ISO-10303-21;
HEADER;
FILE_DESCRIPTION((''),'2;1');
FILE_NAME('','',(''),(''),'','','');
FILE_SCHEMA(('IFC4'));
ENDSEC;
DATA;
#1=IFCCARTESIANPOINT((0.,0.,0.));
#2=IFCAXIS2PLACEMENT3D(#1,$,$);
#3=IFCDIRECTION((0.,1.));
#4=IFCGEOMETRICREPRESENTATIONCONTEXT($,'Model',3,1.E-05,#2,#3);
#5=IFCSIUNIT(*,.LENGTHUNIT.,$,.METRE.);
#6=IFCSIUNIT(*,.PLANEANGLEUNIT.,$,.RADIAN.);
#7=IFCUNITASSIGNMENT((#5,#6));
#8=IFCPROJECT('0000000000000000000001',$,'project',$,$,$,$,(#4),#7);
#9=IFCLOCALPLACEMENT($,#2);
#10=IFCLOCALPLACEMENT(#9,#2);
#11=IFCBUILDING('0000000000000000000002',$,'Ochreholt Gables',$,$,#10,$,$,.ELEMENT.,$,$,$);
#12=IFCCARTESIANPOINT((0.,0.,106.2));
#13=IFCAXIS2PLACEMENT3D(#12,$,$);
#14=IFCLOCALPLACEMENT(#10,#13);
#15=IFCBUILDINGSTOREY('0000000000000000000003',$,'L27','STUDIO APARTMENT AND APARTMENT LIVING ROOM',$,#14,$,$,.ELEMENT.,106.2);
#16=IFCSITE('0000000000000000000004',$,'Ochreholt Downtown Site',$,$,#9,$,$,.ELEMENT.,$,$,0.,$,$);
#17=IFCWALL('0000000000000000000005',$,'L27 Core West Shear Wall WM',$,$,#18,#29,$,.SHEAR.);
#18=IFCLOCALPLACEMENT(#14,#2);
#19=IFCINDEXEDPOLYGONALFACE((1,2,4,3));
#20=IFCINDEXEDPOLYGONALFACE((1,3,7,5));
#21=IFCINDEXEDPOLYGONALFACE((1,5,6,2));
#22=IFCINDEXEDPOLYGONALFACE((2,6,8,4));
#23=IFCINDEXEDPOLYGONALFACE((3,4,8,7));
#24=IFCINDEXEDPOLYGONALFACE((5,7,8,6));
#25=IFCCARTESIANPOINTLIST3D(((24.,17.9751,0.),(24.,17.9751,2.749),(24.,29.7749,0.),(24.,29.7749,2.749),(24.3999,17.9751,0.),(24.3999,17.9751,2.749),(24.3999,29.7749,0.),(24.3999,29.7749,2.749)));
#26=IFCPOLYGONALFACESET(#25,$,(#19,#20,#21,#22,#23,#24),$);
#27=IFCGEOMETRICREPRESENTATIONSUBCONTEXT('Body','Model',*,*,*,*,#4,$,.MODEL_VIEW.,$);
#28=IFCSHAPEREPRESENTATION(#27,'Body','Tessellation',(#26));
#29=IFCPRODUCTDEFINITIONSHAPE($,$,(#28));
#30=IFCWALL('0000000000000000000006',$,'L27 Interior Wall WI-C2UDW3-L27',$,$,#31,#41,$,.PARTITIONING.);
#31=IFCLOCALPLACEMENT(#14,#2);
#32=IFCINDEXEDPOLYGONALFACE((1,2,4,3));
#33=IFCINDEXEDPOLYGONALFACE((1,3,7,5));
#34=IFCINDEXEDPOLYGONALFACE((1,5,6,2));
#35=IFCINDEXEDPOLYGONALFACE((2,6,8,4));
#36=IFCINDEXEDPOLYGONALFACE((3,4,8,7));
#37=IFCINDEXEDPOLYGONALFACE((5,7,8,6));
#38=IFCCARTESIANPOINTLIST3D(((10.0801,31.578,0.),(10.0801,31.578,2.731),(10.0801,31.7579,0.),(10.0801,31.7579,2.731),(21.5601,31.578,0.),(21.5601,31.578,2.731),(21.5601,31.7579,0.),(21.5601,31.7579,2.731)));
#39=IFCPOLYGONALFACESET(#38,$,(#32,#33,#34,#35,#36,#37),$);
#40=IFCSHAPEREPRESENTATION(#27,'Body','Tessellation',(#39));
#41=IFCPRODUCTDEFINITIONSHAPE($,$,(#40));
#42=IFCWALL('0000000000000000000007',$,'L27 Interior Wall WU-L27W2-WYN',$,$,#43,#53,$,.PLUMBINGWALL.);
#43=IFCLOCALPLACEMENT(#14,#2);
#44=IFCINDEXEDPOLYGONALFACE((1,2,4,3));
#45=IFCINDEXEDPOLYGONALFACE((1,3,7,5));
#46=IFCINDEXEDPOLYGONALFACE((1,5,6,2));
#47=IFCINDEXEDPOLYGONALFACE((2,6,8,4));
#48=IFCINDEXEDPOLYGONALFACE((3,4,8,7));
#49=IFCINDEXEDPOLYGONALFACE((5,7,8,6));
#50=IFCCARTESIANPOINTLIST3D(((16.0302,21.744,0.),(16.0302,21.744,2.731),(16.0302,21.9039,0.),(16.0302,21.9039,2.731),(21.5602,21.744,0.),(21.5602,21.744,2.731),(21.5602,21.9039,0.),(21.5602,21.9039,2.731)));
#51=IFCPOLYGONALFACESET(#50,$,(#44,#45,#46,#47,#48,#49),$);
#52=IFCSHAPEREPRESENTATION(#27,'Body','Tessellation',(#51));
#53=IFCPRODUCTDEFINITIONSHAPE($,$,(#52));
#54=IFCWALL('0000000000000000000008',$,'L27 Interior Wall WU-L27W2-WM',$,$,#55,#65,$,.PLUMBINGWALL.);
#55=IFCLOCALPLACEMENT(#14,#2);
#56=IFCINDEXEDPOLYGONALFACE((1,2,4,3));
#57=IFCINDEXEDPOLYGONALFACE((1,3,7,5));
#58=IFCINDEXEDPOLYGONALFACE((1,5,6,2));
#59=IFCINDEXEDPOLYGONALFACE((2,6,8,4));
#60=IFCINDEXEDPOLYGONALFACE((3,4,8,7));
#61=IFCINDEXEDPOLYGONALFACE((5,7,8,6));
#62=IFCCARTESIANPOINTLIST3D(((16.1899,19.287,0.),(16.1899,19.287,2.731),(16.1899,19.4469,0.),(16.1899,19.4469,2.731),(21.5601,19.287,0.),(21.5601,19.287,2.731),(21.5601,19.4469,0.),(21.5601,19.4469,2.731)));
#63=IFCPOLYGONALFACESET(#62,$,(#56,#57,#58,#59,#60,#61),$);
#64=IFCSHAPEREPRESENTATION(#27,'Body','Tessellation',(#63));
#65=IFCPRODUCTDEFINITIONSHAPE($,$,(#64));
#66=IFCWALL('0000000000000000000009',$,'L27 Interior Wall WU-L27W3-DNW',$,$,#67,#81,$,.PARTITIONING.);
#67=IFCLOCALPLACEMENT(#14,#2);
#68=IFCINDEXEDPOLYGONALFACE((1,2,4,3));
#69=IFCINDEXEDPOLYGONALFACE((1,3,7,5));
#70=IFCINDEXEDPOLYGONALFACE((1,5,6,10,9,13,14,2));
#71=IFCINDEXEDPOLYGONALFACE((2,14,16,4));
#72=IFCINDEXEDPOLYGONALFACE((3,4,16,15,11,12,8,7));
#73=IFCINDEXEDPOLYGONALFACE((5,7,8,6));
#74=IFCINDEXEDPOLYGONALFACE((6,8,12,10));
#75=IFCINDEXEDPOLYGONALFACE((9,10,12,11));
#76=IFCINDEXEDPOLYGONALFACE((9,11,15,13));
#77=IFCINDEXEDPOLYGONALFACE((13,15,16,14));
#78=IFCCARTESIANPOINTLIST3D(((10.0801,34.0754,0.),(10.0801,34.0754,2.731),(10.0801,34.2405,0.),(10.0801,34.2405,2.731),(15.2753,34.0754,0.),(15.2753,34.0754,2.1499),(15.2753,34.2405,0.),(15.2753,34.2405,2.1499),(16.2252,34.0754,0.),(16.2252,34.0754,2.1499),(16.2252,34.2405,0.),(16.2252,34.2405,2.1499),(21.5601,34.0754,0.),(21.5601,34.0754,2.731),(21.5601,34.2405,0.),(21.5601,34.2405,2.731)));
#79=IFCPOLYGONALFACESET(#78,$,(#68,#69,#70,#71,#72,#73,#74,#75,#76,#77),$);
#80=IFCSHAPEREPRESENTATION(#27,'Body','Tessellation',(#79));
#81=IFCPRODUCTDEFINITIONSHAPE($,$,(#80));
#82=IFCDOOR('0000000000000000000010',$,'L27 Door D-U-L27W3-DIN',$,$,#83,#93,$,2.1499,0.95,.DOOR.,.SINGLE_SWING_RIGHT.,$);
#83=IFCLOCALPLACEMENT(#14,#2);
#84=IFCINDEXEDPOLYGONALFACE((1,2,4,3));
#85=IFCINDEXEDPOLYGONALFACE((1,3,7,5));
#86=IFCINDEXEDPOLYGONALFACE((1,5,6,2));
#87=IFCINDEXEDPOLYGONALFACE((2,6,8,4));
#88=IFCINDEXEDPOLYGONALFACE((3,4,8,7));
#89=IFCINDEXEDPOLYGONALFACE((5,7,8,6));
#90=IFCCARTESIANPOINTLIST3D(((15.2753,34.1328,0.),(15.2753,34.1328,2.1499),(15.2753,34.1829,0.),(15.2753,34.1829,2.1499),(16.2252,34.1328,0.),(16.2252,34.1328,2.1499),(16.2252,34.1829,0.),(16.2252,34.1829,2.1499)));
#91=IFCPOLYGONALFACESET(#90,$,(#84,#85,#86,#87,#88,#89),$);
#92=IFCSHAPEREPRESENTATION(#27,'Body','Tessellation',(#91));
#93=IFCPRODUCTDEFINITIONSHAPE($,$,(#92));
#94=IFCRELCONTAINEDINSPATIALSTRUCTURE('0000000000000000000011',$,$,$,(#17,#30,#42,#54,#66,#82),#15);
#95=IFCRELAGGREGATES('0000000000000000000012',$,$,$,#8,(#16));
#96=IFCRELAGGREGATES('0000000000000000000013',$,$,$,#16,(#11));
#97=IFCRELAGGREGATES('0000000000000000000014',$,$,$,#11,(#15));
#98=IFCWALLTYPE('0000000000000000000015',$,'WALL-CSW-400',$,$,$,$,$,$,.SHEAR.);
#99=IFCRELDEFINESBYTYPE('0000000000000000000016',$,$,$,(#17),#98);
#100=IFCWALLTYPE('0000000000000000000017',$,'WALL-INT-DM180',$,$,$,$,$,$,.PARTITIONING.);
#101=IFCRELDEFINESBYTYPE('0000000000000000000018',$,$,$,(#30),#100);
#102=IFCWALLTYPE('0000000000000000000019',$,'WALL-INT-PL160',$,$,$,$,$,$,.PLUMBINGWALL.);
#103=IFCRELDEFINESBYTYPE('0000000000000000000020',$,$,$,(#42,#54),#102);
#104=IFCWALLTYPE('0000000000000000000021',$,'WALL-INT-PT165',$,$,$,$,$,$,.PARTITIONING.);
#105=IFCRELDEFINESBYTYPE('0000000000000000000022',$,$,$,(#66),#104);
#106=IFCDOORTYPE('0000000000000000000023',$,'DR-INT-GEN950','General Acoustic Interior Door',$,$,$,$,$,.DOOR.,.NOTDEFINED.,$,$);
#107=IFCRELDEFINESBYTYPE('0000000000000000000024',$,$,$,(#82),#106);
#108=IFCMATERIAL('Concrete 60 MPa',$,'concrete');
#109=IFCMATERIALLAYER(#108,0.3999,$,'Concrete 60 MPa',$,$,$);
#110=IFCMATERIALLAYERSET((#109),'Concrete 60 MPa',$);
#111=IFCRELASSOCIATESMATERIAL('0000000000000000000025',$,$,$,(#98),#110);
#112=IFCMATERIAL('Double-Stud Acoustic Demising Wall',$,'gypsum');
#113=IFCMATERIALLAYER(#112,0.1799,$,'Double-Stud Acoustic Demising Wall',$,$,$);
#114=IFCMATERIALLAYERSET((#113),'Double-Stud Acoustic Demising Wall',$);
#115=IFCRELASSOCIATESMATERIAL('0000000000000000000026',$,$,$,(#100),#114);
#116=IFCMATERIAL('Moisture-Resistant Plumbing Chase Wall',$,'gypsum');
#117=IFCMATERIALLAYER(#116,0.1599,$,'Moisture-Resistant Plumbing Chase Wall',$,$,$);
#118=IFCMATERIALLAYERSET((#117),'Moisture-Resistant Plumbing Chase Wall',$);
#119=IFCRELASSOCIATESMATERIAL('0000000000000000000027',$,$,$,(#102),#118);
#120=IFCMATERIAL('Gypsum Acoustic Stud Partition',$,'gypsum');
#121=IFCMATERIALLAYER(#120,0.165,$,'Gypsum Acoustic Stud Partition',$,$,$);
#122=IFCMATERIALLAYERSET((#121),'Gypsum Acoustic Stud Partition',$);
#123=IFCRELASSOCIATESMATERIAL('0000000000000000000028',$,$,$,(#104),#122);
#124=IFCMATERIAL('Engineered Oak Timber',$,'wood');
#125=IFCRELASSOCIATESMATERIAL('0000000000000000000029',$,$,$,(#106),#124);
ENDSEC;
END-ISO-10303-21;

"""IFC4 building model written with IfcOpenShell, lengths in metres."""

from ifc_helpers import new_model, si_unit, direction, frame, frame_2d, origin, place, context, subcontext, project, spatial, rectangle, extrude, material, layer, layer_set, type_object, element, fill, save


model = new_model("IFC4")

# Units and contexts
model_context = context("Model", 3, precision=1e-05, world=origin(), true_north=direction((0.0, 1.0)))
body_context = subcontext(model_context, "Body", "Model", "MODEL_VIEW")
ifc_project = project(units=[si_unit("LENGTHUNIT", "METRE"), si_unit("PLANEANGLEUNIT", "RADIAN")], contexts=[model_context])

# Site, building, storey
site_placement = place(None, origin())
site = spatial("IfcSite", under=ifc_project, at=site_placement, Name="Ochreholt Downtown Site", CompositionType="ELEMENT", RefElevation=0.0)
building_placement = place(site_placement, origin())
building = spatial("IfcBuilding", under=site, at=building_placement, Name="Ochreholt Gables", CompositionType="ELEMENT")
storey_placement = place(building_placement, frame((0.0, 0.0, 106.2)))
storey = spatial("IfcBuildingStorey", under=building, at=storey_placement, Name="L27", Description="STUDIO APARTMENT AND APARTMENT LIVING ROOM", CompositionType="ELEMENT", Elevation=106.2)

# Shared definitions
ifc_material_1 = material(Name="Concrete 60 MPa", Category="concrete")

# Walls
ifc_layer_1 = layer(ifc_material_1, 0.3999, Name="Concrete 60 MPa")
ifc_layer_set_1 = layer_set([ifc_layer_1], Name="Concrete 60 MPa")
wall_type_1 = type_object("IfcWallType", Name="WALL-CSW-400", PredefinedType="SHEAR", material=ifc_layer_set_1)
wall_1_placement = place(storey_placement, frame((24.2, 17.9751, 0.0), z_axis=(0.0, 0.0, 1.0), x_axis=(0.0, 1.0, 0.0)))
element("IfcWall", 1, at=wall_1_placement, inside=storey, type_object=wall_type_1, Name="L27 Core West Shear Wall WM", PredefinedType="SHEAR", context=body_context, shape_type="SweptSolid", body=[
    extrude(rectangle(XDim=11.7998, YDim=0.3999, at=frame_2d((5.8999, 0.0))), origin(), (0.0, 0.0, 1.0), 2.749),
])
ifc_material_2 = material(Name="Double-Stud Acoustic Demising Wall", Category="gypsum")
ifc_layer_2 = layer(ifc_material_2, 0.1799, Name="Double-Stud Acoustic Demising Wall")
ifc_layer_set_2 = layer_set([ifc_layer_2], Name="Double-Stud Acoustic Demising Wall")
wall_type_2 = type_object("IfcWallType", Name="WALL-INT-DM180", PredefinedType="PARTITIONING", material=ifc_layer_set_2)
wall_2_placement = place(storey_placement, frame((10.0801, 31.668, 0.0), z_axis=(0.0, 0.0, 1.0), x_axis=(1.0, 0.0, 0.0)))
element("IfcWall", 2, at=wall_2_placement, inside=storey, type_object=wall_type_2, Name="L27 Interior Wall WI-C2UDW3-L27", PredefinedType="PARTITIONING", context=body_context, shape_type="SweptSolid", body=[
    extrude(rectangle(XDim=11.48, YDim=0.1799, at=frame_2d((5.74, 0.0))), origin(), (0.0, 0.0, 1.0), 2.731),
])
ifc_material_3 = material(Name="Moisture-Resistant Plumbing Chase Wall", Category="gypsum")
ifc_layer_3 = layer(ifc_material_3, 0.1599, Name="Moisture-Resistant Plumbing Chase Wall")
ifc_layer_set_3 = layer_set([ifc_layer_3], Name="Moisture-Resistant Plumbing Chase Wall")
wall_type_3 = type_object("IfcWallType", Name="WALL-INT-PL160", PredefinedType="PLUMBINGWALL", material=ifc_layer_set_3)
wall_3_placement = place(storey_placement, frame((16.03, 21.824, 0.0), z_axis=(0.0, 0.0, 1.0), x_axis=(1.0, 0.0, 0.0)))
element("IfcWall", 3, at=wall_3_placement, inside=storey, type_object=wall_type_3, Name="L27 Interior Wall WU-L27W2-WYN", PredefinedType="PLUMBINGWALL", context=body_context, shape_type="SweptSolid", body=[
    extrude(rectangle(XDim=5.53, YDim=0.1599, at=frame_2d((2.7651, 0.0))), origin(), (0.0, 0.0, 1.0), 2.731),
])
wall_4_placement = place(storey_placement, frame((16.1899, 19.3669, 0.0), z_axis=(0.0, 0.0, 1.0), x_axis=(1.0, 0.0, 0.0)))
element("IfcWall", 4, at=wall_4_placement, inside=storey, type_object=wall_type_3, Name="L27 Interior Wall WU-L27W2-WM", PredefinedType="PLUMBINGWALL", context=body_context, shape_type="SweptSolid", body=[
    extrude(rectangle(XDim=5.3701, YDim=0.1599, at=frame_2d((2.6851, 0.0))), origin(), (0.0, 0.0, 1.0), 2.731),
])

# Wall, opening, door
ifc_material_4 = material(Name="Gypsum Acoustic Stud Partition", Category="gypsum")
ifc_layer_4 = layer(ifc_material_4, 0.165, Name="Gypsum Acoustic Stud Partition")
ifc_layer_set_4 = layer_set([ifc_layer_4], Name="Gypsum Acoustic Stud Partition")
wall_type_4 = type_object("IfcWallType", Name="WALL-INT-PT165", PredefinedType="PARTITIONING", material=ifc_layer_set_4)
ifc_material_5 = material(Name="Engineered Oak Timber", Category="wood")
wall_5_placement = place(storey_placement, frame((10.0801, 34.158, 0.0), z_axis=(0.0, 0.0, 1.0), x_axis=(1.0, 0.0, 0.0)))
wall_5 = element("IfcWall", 5, at=wall_5_placement, inside=storey, type_object=wall_type_4, Name="L27 Interior Wall WU-L27W3-DNW", PredefinedType="PARTITIONING", context=body_context, shape_type="SweptSolid", body=[
    extrude(rectangle(XDim=11.48, YDim=0.165, at=frame_2d((5.74, 0.0))), origin(), (0.0, 0.0, 1.0), 2.731),
])
opening_1_placement = place(wall_5_placement, frame((5.1951, 0.0, 0.0)))
opening_1 = element("IfcOpeningElement", 6, at=opening_1_placement, cuts=wall_5, PredefinedType="OPENING", context=body_context, shape_type="SweptSolid", body=[
    extrude(rectangle(XDim=0.95, YDim=2.1499, at=frame_2d((0.4751, 1.075))), frame((0.0, 0.0925, 0.0), z_axis=(0.0, -1.0, 0.0), x_axis=(1.0, 0.0, 0.0)), (0.0, 0.0, 1.0), 0.1851),
])
door_type_1 = type_object("IfcDoorType", Name="DR-INT-GEN950", Description="General Acoustic Interior Door", OperationType="NOTDEFINED", PredefinedType="DOOR", material=ifc_material_5)
door_1_placement = place(opening_1_placement, origin())
door_1 = element("IfcDoor", 7, at=door_1_placement, inside=storey, type_object=door_type_1, Name="L27 Door D-U-L27W3-DIN", OperationType="SINGLE_SWING_RIGHT", OverallHeight=2.1499, OverallWidth=0.95, PredefinedType="DOOR", context=body_context, shape_type="SweptSolid", body=[
    extrude(rectangle(XDim=0.95, YDim=2.1499, at=frame_2d((0.4751, 1.075))), frame((0.0, 0.0249, 0.0), z_axis=(0.0, -1.0, 0.0), x_axis=(1.0, 0.0, 0.0)), (0.0, 0.0, 1.0), 0.05),
])
fill(opening_1, door_1)

save(model, "model.ifc")
